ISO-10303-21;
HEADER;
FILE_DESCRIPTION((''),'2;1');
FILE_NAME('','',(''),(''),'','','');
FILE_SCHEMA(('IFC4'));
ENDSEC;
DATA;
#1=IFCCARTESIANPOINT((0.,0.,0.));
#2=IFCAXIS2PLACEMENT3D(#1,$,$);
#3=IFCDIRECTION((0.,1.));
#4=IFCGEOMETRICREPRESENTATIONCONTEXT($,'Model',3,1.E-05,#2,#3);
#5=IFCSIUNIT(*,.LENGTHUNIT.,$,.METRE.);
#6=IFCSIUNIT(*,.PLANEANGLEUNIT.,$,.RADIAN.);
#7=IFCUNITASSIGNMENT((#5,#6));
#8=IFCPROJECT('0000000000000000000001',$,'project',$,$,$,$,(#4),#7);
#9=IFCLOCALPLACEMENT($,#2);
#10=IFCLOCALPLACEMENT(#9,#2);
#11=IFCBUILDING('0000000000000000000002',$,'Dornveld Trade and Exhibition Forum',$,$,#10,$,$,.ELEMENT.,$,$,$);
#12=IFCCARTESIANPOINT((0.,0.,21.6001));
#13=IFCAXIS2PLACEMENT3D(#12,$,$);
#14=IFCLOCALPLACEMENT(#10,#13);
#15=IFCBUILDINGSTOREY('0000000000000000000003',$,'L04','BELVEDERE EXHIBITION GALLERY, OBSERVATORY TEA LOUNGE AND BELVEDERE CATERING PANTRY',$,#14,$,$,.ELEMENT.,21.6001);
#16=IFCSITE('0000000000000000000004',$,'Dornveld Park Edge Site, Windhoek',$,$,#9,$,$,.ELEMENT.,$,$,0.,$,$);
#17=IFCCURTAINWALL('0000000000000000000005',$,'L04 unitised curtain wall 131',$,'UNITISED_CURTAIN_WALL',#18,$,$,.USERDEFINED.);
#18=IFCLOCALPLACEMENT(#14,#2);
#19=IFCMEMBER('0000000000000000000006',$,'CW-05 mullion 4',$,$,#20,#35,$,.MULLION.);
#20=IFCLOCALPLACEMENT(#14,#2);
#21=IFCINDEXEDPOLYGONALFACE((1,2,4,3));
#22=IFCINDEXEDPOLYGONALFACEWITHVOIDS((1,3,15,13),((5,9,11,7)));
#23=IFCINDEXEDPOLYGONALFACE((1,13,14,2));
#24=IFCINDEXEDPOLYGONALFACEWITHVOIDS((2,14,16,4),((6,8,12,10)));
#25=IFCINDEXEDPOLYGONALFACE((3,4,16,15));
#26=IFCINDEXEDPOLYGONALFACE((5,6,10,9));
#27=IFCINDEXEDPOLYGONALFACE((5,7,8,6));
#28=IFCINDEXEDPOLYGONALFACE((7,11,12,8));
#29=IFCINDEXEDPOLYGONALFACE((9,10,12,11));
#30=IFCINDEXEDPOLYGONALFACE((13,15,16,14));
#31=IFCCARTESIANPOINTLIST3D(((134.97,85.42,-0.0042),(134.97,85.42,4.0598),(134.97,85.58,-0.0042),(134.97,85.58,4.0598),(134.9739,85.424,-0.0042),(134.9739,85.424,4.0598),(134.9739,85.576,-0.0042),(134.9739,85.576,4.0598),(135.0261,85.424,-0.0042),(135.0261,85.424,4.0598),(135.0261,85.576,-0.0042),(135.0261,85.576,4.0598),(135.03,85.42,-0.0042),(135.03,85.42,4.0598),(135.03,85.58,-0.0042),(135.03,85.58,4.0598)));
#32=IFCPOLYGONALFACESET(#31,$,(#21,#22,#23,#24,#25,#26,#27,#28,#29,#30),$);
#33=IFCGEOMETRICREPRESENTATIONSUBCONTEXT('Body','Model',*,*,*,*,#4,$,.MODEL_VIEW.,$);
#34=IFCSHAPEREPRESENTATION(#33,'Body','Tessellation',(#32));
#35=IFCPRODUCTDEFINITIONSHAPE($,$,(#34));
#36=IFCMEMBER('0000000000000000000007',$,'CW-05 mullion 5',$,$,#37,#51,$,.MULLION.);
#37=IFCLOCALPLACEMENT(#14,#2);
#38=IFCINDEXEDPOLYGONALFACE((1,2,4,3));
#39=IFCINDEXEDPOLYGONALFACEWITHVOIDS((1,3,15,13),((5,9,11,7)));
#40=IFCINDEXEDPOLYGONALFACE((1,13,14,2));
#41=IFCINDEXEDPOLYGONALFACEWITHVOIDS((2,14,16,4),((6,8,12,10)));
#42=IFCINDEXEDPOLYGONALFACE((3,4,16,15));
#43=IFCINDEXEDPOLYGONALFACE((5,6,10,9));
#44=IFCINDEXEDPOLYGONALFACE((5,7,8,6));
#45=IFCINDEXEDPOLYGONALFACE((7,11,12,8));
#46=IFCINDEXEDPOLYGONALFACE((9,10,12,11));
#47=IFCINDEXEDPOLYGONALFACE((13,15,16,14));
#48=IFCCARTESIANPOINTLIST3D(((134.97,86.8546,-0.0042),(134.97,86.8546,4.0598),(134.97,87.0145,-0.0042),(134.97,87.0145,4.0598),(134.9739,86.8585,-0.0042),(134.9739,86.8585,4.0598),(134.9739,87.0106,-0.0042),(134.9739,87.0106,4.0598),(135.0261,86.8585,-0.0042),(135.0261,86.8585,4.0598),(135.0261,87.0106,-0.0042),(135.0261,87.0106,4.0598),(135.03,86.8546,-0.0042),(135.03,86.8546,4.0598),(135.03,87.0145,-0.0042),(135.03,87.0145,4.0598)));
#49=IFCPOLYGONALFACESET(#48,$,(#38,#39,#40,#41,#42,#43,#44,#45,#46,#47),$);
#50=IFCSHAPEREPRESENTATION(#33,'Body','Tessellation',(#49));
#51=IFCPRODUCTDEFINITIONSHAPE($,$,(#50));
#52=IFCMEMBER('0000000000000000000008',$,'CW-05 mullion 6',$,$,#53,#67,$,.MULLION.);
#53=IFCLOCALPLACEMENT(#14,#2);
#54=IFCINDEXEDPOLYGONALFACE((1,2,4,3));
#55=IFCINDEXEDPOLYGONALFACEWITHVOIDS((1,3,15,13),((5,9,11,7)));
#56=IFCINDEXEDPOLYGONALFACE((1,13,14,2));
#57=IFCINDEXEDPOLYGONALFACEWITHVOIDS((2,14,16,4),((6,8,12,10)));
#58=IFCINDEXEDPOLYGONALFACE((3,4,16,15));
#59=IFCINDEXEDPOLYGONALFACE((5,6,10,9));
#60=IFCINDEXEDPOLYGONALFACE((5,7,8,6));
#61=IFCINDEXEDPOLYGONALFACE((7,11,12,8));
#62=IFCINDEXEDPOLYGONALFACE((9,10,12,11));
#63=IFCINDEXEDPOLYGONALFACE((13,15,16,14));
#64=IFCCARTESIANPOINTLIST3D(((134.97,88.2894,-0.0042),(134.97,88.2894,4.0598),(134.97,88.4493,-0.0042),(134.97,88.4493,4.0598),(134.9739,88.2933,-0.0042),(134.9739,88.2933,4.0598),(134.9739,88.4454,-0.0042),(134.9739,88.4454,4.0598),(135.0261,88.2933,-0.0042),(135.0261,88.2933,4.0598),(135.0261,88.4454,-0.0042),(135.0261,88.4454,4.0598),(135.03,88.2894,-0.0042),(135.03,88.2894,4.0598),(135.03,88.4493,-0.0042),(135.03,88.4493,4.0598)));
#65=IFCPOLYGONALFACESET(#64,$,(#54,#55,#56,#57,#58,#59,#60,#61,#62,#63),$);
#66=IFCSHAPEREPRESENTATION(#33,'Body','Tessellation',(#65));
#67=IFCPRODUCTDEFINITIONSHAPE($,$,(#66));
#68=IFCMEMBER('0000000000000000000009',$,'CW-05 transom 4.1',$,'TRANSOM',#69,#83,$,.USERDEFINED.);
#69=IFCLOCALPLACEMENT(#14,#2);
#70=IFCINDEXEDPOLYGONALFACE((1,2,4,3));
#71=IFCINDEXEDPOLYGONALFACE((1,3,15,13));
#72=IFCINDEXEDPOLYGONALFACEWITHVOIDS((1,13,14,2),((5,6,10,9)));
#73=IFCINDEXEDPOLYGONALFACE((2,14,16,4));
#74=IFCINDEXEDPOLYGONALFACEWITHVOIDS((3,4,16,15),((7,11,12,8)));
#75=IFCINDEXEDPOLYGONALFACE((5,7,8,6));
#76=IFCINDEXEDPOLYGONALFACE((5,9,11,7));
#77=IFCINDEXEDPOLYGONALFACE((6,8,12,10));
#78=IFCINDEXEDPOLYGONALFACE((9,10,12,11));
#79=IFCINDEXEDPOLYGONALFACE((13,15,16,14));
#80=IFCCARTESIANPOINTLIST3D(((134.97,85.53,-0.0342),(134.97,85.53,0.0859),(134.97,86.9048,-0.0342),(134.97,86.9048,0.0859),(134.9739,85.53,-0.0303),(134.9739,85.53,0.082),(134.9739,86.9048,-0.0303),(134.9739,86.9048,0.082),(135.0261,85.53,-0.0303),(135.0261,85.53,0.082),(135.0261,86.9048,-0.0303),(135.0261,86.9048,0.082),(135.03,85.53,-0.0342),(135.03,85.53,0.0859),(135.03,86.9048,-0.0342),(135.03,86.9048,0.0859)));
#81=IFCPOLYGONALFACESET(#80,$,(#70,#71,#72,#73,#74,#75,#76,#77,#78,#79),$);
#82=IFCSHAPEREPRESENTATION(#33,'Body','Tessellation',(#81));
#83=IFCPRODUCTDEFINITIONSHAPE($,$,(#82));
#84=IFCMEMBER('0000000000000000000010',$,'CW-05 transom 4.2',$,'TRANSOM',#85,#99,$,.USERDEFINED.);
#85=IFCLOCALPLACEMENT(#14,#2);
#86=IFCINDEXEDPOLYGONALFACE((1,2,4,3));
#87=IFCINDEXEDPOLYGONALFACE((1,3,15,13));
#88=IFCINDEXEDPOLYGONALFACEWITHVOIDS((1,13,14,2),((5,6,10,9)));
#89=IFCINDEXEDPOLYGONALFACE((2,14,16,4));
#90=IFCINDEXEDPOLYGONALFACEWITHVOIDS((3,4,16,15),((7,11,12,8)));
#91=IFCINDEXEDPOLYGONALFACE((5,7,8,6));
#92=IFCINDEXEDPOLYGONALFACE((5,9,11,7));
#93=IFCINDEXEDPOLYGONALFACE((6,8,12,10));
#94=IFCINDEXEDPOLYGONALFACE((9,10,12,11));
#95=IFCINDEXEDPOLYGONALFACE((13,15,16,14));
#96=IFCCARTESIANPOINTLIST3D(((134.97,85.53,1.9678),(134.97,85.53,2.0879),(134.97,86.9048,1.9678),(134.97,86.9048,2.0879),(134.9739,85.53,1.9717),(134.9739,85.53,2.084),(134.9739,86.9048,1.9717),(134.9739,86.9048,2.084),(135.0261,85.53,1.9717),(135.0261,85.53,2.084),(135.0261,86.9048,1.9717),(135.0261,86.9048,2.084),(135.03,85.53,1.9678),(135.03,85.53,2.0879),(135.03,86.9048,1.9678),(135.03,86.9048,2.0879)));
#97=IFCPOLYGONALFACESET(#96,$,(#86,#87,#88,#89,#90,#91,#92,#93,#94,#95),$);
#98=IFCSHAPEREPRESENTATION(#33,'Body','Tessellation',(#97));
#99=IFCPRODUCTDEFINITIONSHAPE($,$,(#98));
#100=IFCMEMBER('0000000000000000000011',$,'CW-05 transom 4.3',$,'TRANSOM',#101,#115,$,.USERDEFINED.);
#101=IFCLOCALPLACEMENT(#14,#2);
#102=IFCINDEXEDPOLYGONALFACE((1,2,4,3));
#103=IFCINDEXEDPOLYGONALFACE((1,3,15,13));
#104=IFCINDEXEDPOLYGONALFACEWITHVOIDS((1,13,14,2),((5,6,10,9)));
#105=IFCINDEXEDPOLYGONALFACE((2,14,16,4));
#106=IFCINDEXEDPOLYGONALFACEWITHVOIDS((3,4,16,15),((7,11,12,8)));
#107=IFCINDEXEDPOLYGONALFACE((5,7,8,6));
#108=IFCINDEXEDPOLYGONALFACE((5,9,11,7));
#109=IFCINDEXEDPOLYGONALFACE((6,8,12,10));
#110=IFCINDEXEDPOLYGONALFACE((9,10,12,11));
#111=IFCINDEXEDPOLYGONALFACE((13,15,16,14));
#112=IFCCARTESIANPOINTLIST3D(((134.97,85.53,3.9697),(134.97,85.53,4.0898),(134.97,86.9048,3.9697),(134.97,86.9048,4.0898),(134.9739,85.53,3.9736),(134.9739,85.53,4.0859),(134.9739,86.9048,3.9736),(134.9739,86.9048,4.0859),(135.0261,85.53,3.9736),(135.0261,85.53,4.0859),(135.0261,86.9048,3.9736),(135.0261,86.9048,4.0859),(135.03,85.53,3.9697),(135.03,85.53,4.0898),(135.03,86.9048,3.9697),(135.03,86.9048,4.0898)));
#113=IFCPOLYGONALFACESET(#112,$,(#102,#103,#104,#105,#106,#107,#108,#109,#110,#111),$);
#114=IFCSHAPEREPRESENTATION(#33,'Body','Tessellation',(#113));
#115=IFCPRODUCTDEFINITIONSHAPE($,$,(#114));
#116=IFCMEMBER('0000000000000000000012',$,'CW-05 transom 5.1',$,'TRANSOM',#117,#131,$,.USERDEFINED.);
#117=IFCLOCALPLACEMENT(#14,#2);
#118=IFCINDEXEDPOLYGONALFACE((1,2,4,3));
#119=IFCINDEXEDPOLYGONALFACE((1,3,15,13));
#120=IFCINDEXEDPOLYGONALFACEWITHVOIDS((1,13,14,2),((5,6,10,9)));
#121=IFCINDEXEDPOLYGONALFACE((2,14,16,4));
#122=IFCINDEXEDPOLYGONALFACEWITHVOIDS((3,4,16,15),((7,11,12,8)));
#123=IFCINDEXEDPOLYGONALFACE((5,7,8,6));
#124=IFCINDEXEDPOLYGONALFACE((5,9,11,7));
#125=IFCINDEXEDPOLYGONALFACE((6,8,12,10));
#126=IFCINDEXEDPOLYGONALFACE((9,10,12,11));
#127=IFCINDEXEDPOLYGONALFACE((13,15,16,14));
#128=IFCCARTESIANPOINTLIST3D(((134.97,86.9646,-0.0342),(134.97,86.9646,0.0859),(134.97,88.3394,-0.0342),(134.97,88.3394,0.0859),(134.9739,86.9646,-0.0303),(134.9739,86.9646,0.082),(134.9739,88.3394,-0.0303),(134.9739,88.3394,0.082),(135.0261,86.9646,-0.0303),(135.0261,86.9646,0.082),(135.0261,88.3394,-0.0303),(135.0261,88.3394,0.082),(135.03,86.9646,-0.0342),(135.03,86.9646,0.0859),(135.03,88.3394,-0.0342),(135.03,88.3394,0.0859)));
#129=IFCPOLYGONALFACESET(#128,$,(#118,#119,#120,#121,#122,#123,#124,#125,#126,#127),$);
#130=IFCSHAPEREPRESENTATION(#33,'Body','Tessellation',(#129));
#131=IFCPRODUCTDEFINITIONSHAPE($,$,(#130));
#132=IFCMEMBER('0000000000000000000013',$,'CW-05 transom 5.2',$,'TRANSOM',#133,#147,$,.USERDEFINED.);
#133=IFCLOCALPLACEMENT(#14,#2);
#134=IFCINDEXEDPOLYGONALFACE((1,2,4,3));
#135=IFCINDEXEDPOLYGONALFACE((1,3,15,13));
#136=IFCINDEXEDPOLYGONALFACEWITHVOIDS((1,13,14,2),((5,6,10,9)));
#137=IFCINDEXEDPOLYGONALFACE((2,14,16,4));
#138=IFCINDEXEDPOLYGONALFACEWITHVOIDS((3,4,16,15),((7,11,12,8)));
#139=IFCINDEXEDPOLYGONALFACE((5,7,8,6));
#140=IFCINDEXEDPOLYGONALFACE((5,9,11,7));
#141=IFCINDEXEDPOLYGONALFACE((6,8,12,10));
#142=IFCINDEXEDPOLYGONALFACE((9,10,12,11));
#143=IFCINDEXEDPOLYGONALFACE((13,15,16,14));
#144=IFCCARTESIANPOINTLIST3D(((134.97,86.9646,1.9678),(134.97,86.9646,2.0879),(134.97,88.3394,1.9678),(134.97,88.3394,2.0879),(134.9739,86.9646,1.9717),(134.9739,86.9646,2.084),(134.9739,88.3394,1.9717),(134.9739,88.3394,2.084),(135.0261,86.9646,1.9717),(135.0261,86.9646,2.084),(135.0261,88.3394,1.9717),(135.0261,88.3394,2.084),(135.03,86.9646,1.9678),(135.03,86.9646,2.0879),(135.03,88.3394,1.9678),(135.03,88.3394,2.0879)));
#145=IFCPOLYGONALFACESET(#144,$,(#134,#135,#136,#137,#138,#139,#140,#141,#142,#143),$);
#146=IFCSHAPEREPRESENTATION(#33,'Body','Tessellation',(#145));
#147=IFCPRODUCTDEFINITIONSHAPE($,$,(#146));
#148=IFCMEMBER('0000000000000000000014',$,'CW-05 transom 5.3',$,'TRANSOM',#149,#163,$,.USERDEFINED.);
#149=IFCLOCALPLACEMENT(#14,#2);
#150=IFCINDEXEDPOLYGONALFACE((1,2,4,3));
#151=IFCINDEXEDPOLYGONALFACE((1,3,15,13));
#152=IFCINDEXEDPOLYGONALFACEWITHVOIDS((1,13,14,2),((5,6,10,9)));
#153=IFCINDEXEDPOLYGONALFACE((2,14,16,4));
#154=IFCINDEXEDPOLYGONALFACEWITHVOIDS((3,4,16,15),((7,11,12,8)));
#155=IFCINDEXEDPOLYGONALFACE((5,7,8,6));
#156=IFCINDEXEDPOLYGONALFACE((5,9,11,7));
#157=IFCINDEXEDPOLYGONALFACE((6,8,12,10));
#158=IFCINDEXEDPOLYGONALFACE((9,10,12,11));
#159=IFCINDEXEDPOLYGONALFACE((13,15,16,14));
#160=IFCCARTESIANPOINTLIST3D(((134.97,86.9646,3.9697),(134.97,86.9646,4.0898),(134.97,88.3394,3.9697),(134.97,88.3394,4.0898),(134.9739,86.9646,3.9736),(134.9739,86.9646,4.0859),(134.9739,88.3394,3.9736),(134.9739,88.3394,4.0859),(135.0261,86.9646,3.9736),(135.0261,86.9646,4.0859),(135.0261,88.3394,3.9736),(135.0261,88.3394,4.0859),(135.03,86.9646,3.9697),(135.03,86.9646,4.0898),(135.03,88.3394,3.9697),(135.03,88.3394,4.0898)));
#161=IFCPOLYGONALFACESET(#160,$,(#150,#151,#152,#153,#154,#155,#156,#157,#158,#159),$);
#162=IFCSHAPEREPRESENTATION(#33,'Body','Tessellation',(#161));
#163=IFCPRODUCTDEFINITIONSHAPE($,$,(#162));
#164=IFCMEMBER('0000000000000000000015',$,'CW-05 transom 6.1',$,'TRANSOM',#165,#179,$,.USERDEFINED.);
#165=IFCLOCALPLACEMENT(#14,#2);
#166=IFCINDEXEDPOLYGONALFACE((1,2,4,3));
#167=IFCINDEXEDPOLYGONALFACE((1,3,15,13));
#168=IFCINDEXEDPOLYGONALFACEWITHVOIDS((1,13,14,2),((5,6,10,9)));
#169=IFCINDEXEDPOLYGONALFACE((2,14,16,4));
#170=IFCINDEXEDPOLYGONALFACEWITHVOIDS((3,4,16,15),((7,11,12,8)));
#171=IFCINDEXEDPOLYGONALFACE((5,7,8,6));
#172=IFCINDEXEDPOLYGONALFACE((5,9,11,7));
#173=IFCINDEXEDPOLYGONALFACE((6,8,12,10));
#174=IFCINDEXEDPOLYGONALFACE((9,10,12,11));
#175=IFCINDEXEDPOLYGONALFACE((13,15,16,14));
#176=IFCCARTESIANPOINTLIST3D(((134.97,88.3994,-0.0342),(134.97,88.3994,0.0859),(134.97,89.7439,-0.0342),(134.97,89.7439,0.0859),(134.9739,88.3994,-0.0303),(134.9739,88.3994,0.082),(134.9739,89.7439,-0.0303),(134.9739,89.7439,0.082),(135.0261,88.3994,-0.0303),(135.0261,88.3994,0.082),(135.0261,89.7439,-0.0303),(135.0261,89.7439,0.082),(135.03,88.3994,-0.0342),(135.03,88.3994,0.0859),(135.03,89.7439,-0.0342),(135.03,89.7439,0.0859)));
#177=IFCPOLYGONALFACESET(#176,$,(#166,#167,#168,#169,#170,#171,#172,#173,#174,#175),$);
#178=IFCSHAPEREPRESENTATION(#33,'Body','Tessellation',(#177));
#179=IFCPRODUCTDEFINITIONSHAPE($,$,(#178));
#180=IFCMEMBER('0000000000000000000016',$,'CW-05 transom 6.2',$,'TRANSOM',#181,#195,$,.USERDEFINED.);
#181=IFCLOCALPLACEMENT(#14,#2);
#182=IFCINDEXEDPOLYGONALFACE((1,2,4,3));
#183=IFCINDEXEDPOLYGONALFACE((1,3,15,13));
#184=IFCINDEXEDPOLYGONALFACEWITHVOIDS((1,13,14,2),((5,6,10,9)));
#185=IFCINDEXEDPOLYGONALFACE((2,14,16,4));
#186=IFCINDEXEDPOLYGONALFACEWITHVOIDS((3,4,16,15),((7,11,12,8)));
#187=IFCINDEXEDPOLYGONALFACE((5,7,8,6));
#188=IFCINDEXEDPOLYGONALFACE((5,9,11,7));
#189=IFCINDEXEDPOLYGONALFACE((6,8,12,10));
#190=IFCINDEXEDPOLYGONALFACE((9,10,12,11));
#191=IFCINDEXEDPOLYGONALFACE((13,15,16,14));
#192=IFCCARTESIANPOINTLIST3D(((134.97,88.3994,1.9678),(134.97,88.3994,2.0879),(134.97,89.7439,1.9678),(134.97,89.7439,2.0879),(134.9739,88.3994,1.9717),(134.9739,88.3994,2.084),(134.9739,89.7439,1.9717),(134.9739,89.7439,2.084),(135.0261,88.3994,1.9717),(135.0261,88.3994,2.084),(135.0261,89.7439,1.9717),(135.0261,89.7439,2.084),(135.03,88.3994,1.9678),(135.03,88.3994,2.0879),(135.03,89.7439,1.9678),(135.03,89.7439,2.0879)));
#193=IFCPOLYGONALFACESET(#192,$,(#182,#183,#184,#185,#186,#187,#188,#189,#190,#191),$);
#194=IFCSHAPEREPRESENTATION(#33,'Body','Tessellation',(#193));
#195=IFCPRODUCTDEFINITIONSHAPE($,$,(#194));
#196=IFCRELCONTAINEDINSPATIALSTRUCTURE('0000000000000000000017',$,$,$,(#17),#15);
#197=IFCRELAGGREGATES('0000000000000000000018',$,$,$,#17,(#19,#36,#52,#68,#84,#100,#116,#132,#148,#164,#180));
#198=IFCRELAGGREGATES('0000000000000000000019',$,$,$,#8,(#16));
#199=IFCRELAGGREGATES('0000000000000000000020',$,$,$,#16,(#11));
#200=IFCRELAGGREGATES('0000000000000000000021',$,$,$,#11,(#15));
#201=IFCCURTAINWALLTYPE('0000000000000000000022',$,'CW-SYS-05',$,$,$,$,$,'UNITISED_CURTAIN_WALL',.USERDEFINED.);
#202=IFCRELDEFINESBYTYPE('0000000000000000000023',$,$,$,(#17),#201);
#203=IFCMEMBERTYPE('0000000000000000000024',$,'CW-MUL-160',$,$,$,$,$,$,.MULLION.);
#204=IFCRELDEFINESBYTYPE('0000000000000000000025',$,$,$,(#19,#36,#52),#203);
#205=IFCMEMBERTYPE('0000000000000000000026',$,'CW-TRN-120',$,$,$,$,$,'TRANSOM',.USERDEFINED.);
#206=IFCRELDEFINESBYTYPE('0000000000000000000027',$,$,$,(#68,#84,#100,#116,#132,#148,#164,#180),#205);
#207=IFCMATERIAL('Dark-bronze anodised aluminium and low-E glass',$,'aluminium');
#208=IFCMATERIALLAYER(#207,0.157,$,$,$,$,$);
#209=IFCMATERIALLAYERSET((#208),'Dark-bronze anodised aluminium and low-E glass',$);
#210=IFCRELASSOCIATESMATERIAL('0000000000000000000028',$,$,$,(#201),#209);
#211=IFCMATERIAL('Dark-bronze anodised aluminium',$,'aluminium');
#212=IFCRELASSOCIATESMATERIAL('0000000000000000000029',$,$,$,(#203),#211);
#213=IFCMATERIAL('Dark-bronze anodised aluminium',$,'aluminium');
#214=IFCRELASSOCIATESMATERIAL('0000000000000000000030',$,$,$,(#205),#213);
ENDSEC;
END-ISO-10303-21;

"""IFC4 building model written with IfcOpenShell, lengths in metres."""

from ifc_helpers import new_model, si_unit, direction, frame, origin, origin_2d, place, context, subcontext, project, spatial, hollow_rectangle, extrude, material, layer, layer_set, material_profile, profile_set, type_object, element, aggregate, save


model = new_model("IFC4")

# Units and contexts
model_context = context("Model", 3, precision=1e-05, world=origin(), true_north=direction((0.0, 1.0)))
body_context = subcontext(model_context, "Body", "Model", "MODEL_VIEW")
ifc_project = project(units=[si_unit("LENGTHUNIT", "METRE"), si_unit("PLANEANGLEUNIT", "RADIAN")], contexts=[model_context])

# Site, building, storey
site_placement = place(None, origin())
site = spatial("IfcSite", under=ifc_project, at=site_placement, Name="Dornveld Park Edge Site, Windhoek", CompositionType="ELEMENT", RefElevation=0.0)
building_placement = place(site_placement, origin())
building = spatial("IfcBuilding", under=site, at=building_placement, Name="Dornveld Trade and Exhibition Forum", CompositionType="ELEMENT")
storey_placement = place(building_placement, frame((0.0, 0.0, 21.6001)))
storey = spatial("IfcBuildingStorey", under=building, at=storey_placement, Name="L04", Description="BELVEDERE EXHIBITION GALLERY, OBSERVATORY TEA LOUNGE AND BELVEDERE CATERING PANTRY", CompositionType="ELEMENT", Elevation=21.6001)

# Curtain wall, members
ifc_material_1 = material(Name="Dark-bronze anodised aluminium and low-E glass", Category="aluminium")
ifc_layer_1 = layer(ifc_material_1, 0.157)
ifc_layer_set_1 = layer_set([ifc_layer_1], Name="Dark-bronze anodised aluminium and low-E glass")
curtain_wall_type = type_object("IfcCurtainWallType", Name="CW-SYS-05", ElementType="UNITISED_CURTAIN_WALL", PredefinedType="USERDEFINED", material=ifc_layer_set_1)
curtain_wall_placement = place(storey_placement, origin())
curtain_wall = element("IfcCurtainWall", 1, at=curtain_wall_placement, inside=storey, type_object=curtain_wall_type, Name="L04 unitised curtain wall 131", ObjectType="UNITISED_CURTAIN_WALL", PredefinedType="USERDEFINED")
ifc_material_2 = material(Name="Dark-bronze anodised aluminium", Category="aluminium")
ifc_material_profile_1 = material_profile(ifc_material_2, hollow_rectangle(XDim=0.0601, YDim=0.1599, WallThickness=0.0039, at=origin_2d()), Name="RHS 160x60x4")
ifc_profile_set_1 = profile_set([ifc_material_profile_1], Name="Dark-bronze anodised aluminium")
member_type_1 = type_object("IfcMemberType", Name="CW-MUL-160", PredefinedType="MULLION", material=ifc_profile_set_1)
member_1_placement = place(storey_placement, frame((135.0, 85.5, -0.0042), z_axis=(0.0, 0.0, 1.0), x_axis=(-1.0, 0.0, 0.0)))
member_1 = element("IfcMember", 2, at=member_1_placement, type_object=member_type_1, Name="CW-05 mullion 4", PredefinedType="MULLION", context=body_context, shape_type="SweptSolid", body=[
    extrude(hollow_rectangle(XDim=0.0601, YDim=0.1599, WallThickness=0.0039, at=origin_2d()), origin(), (0.0, 0.0, 1.0), 4.064),
])
member_2_placement = place(storey_placement, frame((135.0, 86.9346, -0.0042), z_axis=(0.0, 0.0, 1.0), x_axis=(-1.0, 0.0, 0.0)))
member_2 = element("IfcMember", 3, at=member_2_placement, type_object=member_type_1, Name="CW-05 mullion 5", PredefinedType="MULLION", context=body_context, shape_type="SweptSolid", body=[
    extrude(hollow_rectangle(XDim=0.0601, YDim=0.1599, WallThickness=0.0039, at=origin_2d()), origin(), (0.0, 0.0, 1.0), 4.064),
])
member_3_placement = place(storey_placement, frame((135.0, 88.3694, -0.0042), z_axis=(0.0, 0.0, 1.0), x_axis=(-1.0, 0.0, 0.0)))
member_3 = element("IfcMember", 4, at=member_3_placement, type_object=member_type_1, Name="CW-05 mullion 6", PredefinedType="MULLION", context=body_context, shape_type="SweptSolid", body=[
    extrude(hollow_rectangle(XDim=0.0601, YDim=0.1599, WallThickness=0.0039, at=origin_2d()), origin(), (0.0, 0.0, 1.0), 4.064),
])
ifc_material_3 = material(Name="Dark-bronze anodised aluminium", Category="aluminium")
ifc_material_profile_2 = material_profile(ifc_material_3, hollow_rectangle(XDim=0.0601, YDim=0.1201, WallThickness=0.0039, at=origin_2d()), Name="RHS 120x60x4")
ifc_profile_set_2 = profile_set([ifc_material_profile_2], Name="Dark-bronze anodised aluminium")
member_type_2 = type_object("IfcMemberType", Name="CW-TRN-120", ElementType="TRANSOM", PredefinedType="USERDEFINED", material=ifc_profile_set_2)
member_4_placement = place(storey_placement, frame((135.0, 85.53, 0.0259), z_axis=(0.0, 1.0, 0.0), x_axis=(-1.0, 0.0, 0.0)))
member_4 = element("IfcMember", 5, at=member_4_placement, type_object=member_type_2, Name="CW-05 transom 4.1", ObjectType="TRANSOM", PredefinedType="USERDEFINED", context=body_context, shape_type="SweptSolid", body=[
    extrude(hollow_rectangle(XDim=0.0601, YDim=0.1201, WallThickness=0.0039, at=origin_2d()), origin(), (0.0, 0.0, 1.0), 1.3748),
])
member_5_placement = place(storey_placement, frame((135.0, 85.53, 2.0278), z_axis=(0.0, 1.0, 0.0), x_axis=(-1.0, 0.0, 0.0)))
member_5 = element("IfcMember", 6, at=member_5_placement, type_object=member_type_2, Name="CW-05 transom 4.2", ObjectType="TRANSOM", PredefinedType="USERDEFINED", context=body_context, shape_type="SweptSolid", body=[
    extrude(hollow_rectangle(XDim=0.0601, YDim=0.1201, WallThickness=0.0039, at=origin_2d()), origin(), (0.0, 0.0, 1.0), 1.3748),
])
member_6_placement = place(storey_placement, frame((135.0, 85.53, 4.0298), z_axis=(0.0, 1.0, 0.0), x_axis=(-1.0, 0.0, 0.0)))
member_6 = element("IfcMember", 7, at=member_6_placement, type_object=member_type_2, Name="CW-05 transom 4.3", ObjectType="TRANSOM", PredefinedType="USERDEFINED", context=body_context, shape_type="SweptSolid", body=[
    extrude(hollow_rectangle(XDim=0.0601, YDim=0.1201, WallThickness=0.0039, at=origin_2d()), origin(), (0.0, 0.0, 1.0), 1.3748),
])
member_7_placement = place(storey_placement, frame((135.0, 86.9646, 0.0259), z_axis=(0.0, 1.0, 0.0), x_axis=(-1.0, 0.0, 0.0)))
member_7 = element("IfcMember", 8, at=member_7_placement, type_object=member_type_2, Name="CW-05 transom 5.1", ObjectType="TRANSOM", PredefinedType="USERDEFINED", context=body_context, shape_type="SweptSolid", body=[
    extrude(hollow_rectangle(XDim=0.0601, YDim=0.1201, WallThickness=0.0039, at=origin_2d()), origin(), (0.0, 0.0, 1.0), 1.3748),
])
member_8_placement = place(storey_placement, frame((135.0, 86.9646, 2.0278), z_axis=(0.0, 1.0, 0.0), x_axis=(-1.0, 0.0, 0.0)))
member_8 = element("IfcMember", 9, at=member_8_placement, type_object=member_type_2, Name="CW-05 transom 5.2", ObjectType="TRANSOM", PredefinedType="USERDEFINED", context=body_context, shape_type="SweptSolid", body=[
    extrude(hollow_rectangle(XDim=0.0601, YDim=0.1201, WallThickness=0.0039, at=origin_2d()), origin(), (0.0, 0.0, 1.0), 1.3748),
])
member_9_placement = place(storey_placement, frame((135.0, 86.9646, 4.0298), z_axis=(0.0, 1.0, 0.0), x_axis=(-1.0, 0.0, 0.0)))
member_9 = element("IfcMember", 10, at=member_9_placement, type_object=member_type_2, Name="CW-05 transom 5.3", ObjectType="TRANSOM", PredefinedType="USERDEFINED", context=body_context, shape_type="SweptSolid", body=[
    extrude(hollow_rectangle(XDim=0.0601, YDim=0.1201, WallThickness=0.0039, at=origin_2d()), origin(), (0.0, 0.0, 1.0), 1.3748),
])
member_10_placement = place(storey_placement, frame((135.0, 88.3994, 0.0259), z_axis=(0.0, 1.0, 0.0), x_axis=(-1.0, 0.0, 0.0)))
member_10 = element("IfcMember", 11, at=member_10_placement, type_object=member_type_2, Name="CW-05 transom 6.1", ObjectType="TRANSOM", PredefinedType="USERDEFINED", context=body_context, shape_type="SweptSolid", body=[
    extrude(hollow_rectangle(XDim=0.0601, YDim=0.1201, WallThickness=0.0039, at=origin_2d()), origin(), (0.0, 0.0, 1.0), 1.3445),
])
member_11_placement = place(storey_placement, frame((135.0, 88.3994, 2.0278), z_axis=(0.0, 1.0, 0.0), x_axis=(-1.0, 0.0, 0.0)))
member_11 = element("IfcMember", 12, at=member_11_placement, type_object=member_type_2, Name="CW-05 transom 6.2", ObjectType="TRANSOM", PredefinedType="USERDEFINED", context=body_context, shape_type="SweptSolid", body=[
    extrude(hollow_rectangle(XDim=0.0601, YDim=0.1201, WallThickness=0.0039, at=origin_2d()), origin(), (0.0, 0.0, 1.0), 1.3445),
])
aggregate(curtain_wall, [member_1, member_2, member_3, member_4, member_5, member_6, member_7, member_8, member_9, member_10, member_11])

save(model, "model.ifc")
